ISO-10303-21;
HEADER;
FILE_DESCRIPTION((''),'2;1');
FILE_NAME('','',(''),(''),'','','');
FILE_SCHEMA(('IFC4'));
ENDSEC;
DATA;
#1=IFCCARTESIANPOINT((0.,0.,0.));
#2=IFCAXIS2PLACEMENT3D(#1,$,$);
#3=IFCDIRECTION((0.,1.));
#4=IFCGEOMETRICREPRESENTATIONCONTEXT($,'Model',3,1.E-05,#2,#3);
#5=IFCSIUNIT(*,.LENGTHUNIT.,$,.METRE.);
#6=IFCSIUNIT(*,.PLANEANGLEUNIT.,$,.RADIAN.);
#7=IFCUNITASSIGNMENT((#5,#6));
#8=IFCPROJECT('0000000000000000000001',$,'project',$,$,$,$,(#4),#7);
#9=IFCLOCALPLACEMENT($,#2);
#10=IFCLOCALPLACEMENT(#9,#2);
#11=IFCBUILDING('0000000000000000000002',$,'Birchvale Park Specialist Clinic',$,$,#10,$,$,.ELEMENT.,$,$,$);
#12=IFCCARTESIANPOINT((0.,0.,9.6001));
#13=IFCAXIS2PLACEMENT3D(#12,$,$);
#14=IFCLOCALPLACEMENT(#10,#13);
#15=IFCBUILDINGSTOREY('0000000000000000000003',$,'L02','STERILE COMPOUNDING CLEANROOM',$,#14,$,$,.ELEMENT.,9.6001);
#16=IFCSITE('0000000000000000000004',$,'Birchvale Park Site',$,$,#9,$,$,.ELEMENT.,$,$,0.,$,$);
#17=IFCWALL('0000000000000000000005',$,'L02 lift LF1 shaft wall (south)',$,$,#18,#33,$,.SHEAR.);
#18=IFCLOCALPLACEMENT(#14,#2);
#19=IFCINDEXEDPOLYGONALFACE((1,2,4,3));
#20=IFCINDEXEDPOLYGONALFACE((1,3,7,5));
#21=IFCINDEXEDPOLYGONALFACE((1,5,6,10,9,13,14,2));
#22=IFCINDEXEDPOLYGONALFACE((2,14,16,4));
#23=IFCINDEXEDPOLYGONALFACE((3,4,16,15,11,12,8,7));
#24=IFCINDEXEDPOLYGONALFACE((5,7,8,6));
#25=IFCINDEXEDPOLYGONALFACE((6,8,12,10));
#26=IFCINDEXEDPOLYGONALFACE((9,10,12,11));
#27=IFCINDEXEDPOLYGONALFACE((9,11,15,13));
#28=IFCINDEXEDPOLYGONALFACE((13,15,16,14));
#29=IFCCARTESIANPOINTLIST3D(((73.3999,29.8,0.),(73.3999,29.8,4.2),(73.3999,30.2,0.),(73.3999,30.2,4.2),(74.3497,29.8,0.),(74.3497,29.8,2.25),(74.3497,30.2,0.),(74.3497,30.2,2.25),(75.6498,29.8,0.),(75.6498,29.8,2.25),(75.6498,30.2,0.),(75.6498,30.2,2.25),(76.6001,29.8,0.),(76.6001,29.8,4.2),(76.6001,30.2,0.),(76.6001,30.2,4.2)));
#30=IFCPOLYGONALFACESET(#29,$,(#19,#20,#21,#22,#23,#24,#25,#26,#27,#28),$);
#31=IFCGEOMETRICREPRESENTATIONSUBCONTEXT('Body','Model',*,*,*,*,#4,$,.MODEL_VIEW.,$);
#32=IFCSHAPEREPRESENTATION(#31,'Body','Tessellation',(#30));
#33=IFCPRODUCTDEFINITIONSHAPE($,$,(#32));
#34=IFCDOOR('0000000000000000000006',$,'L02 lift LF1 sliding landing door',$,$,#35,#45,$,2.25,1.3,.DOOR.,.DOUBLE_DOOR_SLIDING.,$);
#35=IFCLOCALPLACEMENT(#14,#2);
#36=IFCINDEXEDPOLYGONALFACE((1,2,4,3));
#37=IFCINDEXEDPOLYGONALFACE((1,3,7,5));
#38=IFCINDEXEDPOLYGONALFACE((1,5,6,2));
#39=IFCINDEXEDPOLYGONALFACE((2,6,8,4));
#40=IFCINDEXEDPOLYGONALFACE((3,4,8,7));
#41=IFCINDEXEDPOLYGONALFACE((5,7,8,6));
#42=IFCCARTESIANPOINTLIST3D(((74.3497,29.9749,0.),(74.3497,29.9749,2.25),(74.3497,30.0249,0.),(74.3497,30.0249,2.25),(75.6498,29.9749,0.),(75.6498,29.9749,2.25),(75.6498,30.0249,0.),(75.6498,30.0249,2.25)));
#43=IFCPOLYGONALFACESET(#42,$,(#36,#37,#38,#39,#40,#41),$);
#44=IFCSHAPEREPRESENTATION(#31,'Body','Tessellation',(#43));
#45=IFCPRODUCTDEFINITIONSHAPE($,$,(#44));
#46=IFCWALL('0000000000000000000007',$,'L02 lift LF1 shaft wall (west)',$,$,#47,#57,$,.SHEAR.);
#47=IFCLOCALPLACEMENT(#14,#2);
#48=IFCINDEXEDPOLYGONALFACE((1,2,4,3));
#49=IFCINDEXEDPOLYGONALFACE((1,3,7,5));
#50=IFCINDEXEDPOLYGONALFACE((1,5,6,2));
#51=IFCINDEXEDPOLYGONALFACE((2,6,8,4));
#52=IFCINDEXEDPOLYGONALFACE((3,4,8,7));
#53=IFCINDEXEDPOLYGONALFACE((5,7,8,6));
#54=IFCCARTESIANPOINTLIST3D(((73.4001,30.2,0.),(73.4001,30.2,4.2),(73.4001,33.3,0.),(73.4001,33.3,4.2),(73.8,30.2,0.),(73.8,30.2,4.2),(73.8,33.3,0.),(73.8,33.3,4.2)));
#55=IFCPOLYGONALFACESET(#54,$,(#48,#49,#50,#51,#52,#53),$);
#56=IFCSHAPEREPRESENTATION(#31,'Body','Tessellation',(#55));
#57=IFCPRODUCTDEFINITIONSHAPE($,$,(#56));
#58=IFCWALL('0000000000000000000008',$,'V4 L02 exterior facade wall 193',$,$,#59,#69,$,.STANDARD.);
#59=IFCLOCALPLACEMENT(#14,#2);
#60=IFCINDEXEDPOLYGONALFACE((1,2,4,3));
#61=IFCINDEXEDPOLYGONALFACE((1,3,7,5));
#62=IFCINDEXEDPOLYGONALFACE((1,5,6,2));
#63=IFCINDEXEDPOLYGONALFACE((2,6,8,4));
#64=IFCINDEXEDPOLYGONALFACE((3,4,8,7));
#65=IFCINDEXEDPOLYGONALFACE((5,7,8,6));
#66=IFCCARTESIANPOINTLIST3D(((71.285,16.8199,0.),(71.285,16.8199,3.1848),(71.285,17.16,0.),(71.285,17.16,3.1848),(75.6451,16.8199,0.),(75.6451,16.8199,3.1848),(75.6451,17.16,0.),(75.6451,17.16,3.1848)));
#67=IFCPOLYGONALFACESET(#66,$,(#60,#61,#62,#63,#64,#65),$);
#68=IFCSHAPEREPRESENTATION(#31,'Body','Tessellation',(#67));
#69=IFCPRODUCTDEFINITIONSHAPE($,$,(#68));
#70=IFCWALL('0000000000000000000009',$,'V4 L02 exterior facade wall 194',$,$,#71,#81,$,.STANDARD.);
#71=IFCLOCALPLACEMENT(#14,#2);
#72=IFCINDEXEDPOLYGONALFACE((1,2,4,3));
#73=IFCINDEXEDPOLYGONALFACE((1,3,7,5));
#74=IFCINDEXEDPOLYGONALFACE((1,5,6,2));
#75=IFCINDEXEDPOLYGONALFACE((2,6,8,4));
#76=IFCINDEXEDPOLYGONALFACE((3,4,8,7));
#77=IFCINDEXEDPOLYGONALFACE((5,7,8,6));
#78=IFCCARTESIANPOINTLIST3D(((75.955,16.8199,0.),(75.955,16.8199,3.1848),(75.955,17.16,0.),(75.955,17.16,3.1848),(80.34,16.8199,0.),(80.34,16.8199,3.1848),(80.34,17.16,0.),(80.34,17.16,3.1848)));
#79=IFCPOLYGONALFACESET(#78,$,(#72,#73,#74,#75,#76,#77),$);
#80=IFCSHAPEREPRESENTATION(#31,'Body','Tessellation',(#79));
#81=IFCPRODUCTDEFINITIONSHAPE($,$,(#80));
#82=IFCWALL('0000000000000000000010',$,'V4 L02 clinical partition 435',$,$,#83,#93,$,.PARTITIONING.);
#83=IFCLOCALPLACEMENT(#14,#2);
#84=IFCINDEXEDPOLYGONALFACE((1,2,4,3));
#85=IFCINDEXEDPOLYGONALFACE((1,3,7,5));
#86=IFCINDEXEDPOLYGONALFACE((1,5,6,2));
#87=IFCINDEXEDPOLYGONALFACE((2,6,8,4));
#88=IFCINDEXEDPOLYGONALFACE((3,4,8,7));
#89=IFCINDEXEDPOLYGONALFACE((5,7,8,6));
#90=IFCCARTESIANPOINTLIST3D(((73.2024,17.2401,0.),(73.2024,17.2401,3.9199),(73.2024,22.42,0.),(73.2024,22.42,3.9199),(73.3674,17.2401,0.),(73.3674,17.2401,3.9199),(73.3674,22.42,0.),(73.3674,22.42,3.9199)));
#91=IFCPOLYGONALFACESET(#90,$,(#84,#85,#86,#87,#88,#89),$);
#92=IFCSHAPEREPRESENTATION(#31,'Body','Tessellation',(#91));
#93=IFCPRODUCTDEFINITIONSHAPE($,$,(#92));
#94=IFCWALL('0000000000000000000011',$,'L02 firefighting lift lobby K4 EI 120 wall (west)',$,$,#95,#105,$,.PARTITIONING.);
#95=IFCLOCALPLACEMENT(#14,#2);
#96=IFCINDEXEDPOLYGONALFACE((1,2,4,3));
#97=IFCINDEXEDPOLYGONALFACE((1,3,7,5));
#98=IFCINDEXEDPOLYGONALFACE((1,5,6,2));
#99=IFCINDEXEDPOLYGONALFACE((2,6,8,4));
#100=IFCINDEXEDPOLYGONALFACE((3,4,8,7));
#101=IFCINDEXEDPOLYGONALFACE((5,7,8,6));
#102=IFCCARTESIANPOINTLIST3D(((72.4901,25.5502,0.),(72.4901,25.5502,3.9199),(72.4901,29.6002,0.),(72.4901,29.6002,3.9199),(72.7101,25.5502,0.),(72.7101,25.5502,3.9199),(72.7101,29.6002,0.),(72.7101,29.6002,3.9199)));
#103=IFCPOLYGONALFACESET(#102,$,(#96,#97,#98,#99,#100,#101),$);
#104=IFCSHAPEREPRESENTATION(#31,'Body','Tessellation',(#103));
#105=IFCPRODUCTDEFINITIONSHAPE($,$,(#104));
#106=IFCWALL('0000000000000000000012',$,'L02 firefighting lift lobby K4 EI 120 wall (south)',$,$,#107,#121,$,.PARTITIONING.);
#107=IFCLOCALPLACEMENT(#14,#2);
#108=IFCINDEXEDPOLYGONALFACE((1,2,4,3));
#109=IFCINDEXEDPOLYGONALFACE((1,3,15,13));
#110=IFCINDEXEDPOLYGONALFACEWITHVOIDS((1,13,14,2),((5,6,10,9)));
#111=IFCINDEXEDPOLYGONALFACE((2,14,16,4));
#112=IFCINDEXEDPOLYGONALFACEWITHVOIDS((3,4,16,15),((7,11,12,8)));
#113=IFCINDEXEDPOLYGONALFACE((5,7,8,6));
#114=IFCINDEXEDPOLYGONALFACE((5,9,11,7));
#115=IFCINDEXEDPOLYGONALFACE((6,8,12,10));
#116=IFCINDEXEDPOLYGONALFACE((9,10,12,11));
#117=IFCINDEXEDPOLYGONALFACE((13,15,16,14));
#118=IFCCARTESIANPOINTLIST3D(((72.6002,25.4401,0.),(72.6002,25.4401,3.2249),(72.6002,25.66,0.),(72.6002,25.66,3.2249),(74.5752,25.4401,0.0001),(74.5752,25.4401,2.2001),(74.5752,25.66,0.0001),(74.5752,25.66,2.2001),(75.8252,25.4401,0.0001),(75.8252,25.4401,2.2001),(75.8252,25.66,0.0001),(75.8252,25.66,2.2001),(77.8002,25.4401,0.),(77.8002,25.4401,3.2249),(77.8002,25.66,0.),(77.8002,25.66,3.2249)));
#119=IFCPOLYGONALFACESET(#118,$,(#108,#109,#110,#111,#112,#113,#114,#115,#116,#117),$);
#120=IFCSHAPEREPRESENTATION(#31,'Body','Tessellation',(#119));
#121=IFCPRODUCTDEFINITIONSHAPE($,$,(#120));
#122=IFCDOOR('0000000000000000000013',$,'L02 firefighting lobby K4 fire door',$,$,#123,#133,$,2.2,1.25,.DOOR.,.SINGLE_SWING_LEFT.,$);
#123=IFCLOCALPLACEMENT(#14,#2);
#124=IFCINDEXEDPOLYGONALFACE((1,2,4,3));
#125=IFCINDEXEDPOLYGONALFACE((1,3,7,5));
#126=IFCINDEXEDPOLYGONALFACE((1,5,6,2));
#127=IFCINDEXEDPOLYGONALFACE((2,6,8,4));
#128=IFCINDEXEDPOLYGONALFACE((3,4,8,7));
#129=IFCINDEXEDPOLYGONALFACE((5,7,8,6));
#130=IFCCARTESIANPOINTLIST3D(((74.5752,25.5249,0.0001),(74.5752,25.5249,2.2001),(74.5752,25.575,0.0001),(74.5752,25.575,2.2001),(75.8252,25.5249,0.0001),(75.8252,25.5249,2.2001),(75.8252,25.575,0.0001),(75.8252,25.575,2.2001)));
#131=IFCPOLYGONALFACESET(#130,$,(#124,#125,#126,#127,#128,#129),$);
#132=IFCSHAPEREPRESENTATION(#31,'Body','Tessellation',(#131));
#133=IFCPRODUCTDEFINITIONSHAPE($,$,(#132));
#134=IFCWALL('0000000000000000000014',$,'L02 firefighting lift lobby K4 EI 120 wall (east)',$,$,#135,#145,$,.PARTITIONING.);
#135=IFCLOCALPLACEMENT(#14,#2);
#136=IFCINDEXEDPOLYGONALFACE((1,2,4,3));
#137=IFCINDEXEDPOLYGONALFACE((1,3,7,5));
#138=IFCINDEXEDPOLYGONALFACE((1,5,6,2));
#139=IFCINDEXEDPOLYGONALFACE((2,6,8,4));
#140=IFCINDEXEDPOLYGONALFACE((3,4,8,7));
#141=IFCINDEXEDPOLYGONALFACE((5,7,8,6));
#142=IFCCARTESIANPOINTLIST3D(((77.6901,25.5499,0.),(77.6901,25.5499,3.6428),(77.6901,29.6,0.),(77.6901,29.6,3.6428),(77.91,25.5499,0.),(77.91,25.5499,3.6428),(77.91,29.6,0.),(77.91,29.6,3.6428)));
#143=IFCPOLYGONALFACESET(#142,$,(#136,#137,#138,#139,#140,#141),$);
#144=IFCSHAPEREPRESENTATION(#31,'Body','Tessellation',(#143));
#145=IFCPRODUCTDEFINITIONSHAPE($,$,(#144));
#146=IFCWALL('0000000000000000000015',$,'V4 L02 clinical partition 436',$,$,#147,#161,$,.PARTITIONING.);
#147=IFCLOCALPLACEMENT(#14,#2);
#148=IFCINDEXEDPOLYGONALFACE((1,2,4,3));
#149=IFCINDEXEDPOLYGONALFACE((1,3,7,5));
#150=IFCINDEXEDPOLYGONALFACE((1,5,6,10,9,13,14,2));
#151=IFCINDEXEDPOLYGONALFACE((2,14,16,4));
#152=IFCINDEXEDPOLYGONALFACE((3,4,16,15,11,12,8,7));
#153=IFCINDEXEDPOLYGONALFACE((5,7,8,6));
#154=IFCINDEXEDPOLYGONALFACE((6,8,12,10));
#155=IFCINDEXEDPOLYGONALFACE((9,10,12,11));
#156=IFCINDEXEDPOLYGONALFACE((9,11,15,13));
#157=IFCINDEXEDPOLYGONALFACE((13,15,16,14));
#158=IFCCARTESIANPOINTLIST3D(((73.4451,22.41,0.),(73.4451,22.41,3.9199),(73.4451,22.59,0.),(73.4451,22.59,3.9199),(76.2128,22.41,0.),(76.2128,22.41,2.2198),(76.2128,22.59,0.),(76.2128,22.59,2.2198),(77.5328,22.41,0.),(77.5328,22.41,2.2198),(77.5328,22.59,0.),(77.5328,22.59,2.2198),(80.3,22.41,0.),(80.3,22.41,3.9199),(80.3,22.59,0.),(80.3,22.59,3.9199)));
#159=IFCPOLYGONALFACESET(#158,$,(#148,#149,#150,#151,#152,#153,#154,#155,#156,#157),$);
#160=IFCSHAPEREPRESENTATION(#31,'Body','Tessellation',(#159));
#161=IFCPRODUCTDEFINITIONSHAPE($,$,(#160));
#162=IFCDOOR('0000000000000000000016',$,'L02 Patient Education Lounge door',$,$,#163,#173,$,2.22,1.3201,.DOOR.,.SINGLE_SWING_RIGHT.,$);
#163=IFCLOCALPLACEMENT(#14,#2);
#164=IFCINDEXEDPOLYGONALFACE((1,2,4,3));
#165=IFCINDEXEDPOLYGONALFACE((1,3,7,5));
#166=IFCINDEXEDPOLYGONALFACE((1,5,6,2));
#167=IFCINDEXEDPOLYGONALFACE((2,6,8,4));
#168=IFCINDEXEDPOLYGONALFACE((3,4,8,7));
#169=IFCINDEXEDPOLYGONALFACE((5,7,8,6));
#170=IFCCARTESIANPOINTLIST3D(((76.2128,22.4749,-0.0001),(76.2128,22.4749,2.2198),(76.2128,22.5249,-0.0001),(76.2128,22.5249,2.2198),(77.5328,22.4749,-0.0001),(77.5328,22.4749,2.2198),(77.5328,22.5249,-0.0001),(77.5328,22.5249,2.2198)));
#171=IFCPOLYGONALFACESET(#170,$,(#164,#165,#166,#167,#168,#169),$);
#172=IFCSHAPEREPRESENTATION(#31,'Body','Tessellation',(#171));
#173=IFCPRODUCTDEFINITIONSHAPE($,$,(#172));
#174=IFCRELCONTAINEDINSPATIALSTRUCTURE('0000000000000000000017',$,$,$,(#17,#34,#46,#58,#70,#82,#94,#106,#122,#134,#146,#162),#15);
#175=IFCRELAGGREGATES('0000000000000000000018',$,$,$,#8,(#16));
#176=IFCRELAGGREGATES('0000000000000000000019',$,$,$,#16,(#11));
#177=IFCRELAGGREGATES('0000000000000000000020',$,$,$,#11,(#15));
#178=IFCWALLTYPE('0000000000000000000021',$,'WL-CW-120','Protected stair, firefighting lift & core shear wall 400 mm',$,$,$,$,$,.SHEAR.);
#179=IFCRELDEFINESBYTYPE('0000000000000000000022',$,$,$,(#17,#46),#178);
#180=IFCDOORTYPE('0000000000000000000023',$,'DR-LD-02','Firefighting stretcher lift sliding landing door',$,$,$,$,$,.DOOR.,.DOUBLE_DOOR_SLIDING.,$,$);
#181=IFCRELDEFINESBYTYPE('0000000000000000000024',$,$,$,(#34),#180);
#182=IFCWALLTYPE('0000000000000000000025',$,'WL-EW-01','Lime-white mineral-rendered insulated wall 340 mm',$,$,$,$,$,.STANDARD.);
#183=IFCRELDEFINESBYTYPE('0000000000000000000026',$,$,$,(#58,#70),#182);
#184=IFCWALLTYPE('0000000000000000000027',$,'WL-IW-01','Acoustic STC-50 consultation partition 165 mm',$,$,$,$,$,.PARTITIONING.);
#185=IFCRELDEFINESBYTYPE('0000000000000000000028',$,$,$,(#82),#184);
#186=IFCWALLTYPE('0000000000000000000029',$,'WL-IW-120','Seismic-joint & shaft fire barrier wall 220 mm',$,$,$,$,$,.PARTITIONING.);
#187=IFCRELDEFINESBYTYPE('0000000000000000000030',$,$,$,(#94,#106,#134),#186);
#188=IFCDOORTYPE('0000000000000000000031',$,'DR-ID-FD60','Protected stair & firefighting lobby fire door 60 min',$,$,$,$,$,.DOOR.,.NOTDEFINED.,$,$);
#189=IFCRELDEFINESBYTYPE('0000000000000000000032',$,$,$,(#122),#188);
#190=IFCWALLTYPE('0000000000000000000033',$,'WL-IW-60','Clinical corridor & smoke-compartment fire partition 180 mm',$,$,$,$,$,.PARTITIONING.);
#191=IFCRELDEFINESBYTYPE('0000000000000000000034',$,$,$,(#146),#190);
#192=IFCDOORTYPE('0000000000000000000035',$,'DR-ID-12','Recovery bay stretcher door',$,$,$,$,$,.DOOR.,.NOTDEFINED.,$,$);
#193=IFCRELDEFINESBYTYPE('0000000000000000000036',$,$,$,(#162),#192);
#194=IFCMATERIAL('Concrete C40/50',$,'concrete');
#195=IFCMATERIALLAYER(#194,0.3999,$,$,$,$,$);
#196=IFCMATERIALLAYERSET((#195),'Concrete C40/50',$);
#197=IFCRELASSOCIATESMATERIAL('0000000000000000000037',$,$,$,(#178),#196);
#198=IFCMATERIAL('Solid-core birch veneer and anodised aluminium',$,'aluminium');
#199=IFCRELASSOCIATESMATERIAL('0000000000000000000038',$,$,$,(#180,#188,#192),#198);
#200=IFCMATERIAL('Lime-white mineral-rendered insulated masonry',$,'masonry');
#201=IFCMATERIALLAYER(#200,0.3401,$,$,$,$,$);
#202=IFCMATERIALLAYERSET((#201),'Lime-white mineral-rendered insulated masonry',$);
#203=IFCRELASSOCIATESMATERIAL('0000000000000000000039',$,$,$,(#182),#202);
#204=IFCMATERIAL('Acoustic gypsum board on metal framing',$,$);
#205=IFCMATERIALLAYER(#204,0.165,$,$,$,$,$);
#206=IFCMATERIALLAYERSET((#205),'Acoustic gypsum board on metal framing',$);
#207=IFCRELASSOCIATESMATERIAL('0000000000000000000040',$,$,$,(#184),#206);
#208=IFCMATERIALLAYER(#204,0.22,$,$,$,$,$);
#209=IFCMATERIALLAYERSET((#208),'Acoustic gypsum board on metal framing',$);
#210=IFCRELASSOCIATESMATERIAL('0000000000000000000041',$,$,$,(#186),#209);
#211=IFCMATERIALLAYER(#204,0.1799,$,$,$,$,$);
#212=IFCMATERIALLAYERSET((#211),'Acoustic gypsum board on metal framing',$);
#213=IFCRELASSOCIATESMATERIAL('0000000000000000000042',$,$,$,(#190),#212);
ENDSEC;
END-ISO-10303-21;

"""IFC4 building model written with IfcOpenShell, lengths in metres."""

from ifc_helpers import new_model, si_unit, direction, frame, frame_2d, origin, place, context, subcontext, project, spatial, rectangle, extrude, material, layer, layer_set, type_object, element, fill, save


model = new_model("IFC4")

# Units and contexts
model_context = context("Model", 3, precision=1e-05, world=origin(), true_north=direction((0.0, 1.0)))
body_context = subcontext(model_context, "Body", "Model", "MODEL_VIEW")
ifc_project = project(units=[si_unit("LENGTHUNIT", "METRE"), si_unit("PLANEANGLEUNIT", "RADIAN")], contexts=[model_context])

# Site, building, storey
site_placement = place(None, origin())
site = spatial("IfcSite", under=ifc_project, at=site_placement, Name="Birchvale Park Site", CompositionType="ELEMENT", RefElevation=0.0)
building_placement = place(site_placement, origin())
building = spatial("IfcBuilding", under=site, at=building_placement, Name="Birchvale Park Specialist Clinic", CompositionType="ELEMENT")
storey_placement = place(building_placement, frame((0.0, 0.0, 9.6001)))
storey = spatial("IfcBuildingStorey", under=building, at=storey_placement, Name="L02", Description="STERILE COMPOUNDING CLEANROOM", CompositionType="ELEMENT", Elevation=9.6001)

# Shared definitions
ifc_material_1 = material(Name="Concrete C40/50", Category="concrete")

# Wall, opening, door
ifc_layer_1 = layer(ifc_material_1, 0.3999)
ifc_layer_set_1 = layer_set([ifc_layer_1], Name="Concrete C40/50")
wall_type_1 = type_object("IfcWallType", Name="WL-CW-120", Description="Protected stair, firefighting lift & core shear wall 400 mm", PredefinedType="SHEAR", material=ifc_layer_set_1)
wall_1_placement = place(storey_placement, frame((73.3999, 30.0, 0.0), z_axis=(0.0, 0.0, 1.0), x_axis=(1.0, 0.0, 0.0)))
wall_1 = element("IfcWall", 1, at=wall_1_placement, inside=storey, type_object=wall_type_1, Name="L02 lift LF1 shaft wall (south)", PredefinedType="SHEAR", context=body_context, shape_type="SweptSolid", body=[
    extrude(rectangle(XDim=3.2002, YDim=0.3999, at=frame_2d((1.6001, 0.0))), origin(), (0.0, 0.0, 1.0), 4.2),
])
opening_1_placement = place(wall_1_placement, frame((0.95, 0.0, 0.0)))
opening_1 = element("IfcOpeningElement", 2, at=opening_1_placement, cuts=wall_1, PredefinedType="OPENING", context=body_context, shape_type="SweptSolid", body=[
    extrude(rectangle(XDim=1.3, YDim=2.25, at=frame_2d((0.6499, 1.125))), frame((0.0, 0.21, 0.0), z_axis=(0.0, -1.0, 0.0), x_axis=(1.0, 0.0, 0.0)), (0.0, 0.0, 1.0), 0.4199),
])
ifc_material_2 = material(Name="Solid-core birch veneer and anodised aluminium", Category="aluminium")
door_type_1 = type_object("IfcDoorType", Name="DR-LD-02", Description="Firefighting stretcher lift sliding landing door", OperationType="DOUBLE_DOOR_SLIDING", PredefinedType="DOOR", material=ifc_material_2)
door_1_placement = place(opening_1_placement, origin())
door_1 = element("IfcDoor", 3, at=door_1_placement, inside=storey, type_object=door_type_1, Name="L02 lift LF1 sliding landing door", OperationType="DOUBLE_DOOR_SLIDING", OverallHeight=2.25, OverallWidth=1.3, PredefinedType="DOOR", context=body_context, shape_type="SweptSolid", body=[
    extrude(rectangle(XDim=1.3, YDim=2.25, at=frame_2d((0.6499, 1.125))), frame((0.0, 0.0249, 0.0), z_axis=(0.0, -1.0, 0.0), x_axis=(1.0, 0.0, 0.0)), (0.0, 0.0, 1.0), 0.05),
])
fill(opening_1, door_1)

# Walls
wall_2_placement = place(storey_placement, frame((73.6001, 30.2, 0.0), z_axis=(0.0, 0.0, 1.0), x_axis=(0.0, 1.0, 0.0)))
element("IfcWall", 4, at=wall_2_placement, inside=storey, type_object=wall_type_1, Name="L02 lift LF1 shaft wall (west)", PredefinedType="SHEAR", context=body_context, shape_type="SweptSolid", body=[
    extrude(rectangle(XDim=3.1001, YDim=0.3999, at=frame_2d((1.55, 0.0))), origin(), (0.0, 0.0, 1.0), 4.2),
])
ifc_material_3 = material(Name="Lime-white mineral-rendered insulated masonry", Category="masonry")
ifc_layer_2 = layer(ifc_material_3, 0.3401)
ifc_layer_set_2 = layer_set([ifc_layer_2], Name="Lime-white mineral-rendered insulated masonry")
wall_type_2 = type_object("IfcWallType", Name="WL-EW-01", Description="Lime-white mineral-rendered insulated wall 340 mm", PredefinedType="STANDARD", material=ifc_layer_set_2)
wall_3_placement = place(storey_placement, frame((71.2849, 16.99, 0.0), z_axis=(0.0, 0.0, 1.0), x_axis=(1.0, 0.0, 0.0)))
element("IfcWall", 5, at=wall_3_placement, inside=storey, type_object=wall_type_2, Name="V4 L02 exterior facade wall 193", PredefinedType="STANDARD", context=body_context, shape_type="SweptSolid", body=[
    extrude(rectangle(XDim=4.3601, YDim=0.3401, at=frame_2d((2.1802, 0.0))), origin(), (0.0, 0.0, 1.0), 3.1848),
])
wall_4_placement = place(storey_placement, frame((75.9551, 16.99, 0.0), z_axis=(0.0, 0.0, 1.0), x_axis=(1.0, 0.0, 0.0)))
element("IfcWall", 6, at=wall_4_placement, inside=storey, type_object=wall_type_2, Name="V4 L02 exterior facade wall 194", PredefinedType="STANDARD", context=body_context, shape_type="SweptSolid", body=[
    extrude(rectangle(XDim=4.385, YDim=0.3401, at=frame_2d((2.1924, 0.0))), origin(), (0.0, 0.0, 1.0), 3.1848),
])
ifc_material_4 = material(Name="Acoustic gypsum board on metal framing")
ifc_layer_3 = layer(ifc_material_4, 0.165)
ifc_layer_set_3 = layer_set([ifc_layer_3], Name="Acoustic gypsum board on metal framing")
wall_type_3 = type_object("IfcWallType", Name="WL-IW-01", Description="Acoustic STC-50 consultation partition 165 mm", PredefinedType="PARTITIONING", material=ifc_layer_set_3)
wall_5_placement = place(storey_placement, frame((73.2849, 22.4199, 0.0), z_axis=(0.0, 0.0, 1.0), x_axis=(0.0, -1.0, 0.0)))
element("IfcWall", 7, at=wall_5_placement, inside=storey, type_object=wall_type_3, Name="V4 L02 clinical partition 435", PredefinedType="PARTITIONING", context=body_context, shape_type="SweptSolid", body=[
    extrude(rectangle(XDim=5.1799, YDim=0.165, at=frame_2d((2.5898, 0.0))), origin(), (0.0, 0.0, 1.0), 3.9199),
])
ifc_layer_4 = layer(ifc_material_4, 0.22)
ifc_layer_set_4 = layer_set([ifc_layer_4], Name="Acoustic gypsum board on metal framing")
wall_type_4 = type_object("IfcWallType", Name="WL-IW-120", Description="Seismic-joint & shaft fire barrier wall 220 mm", PredefinedType="PARTITIONING", material=ifc_layer_set_4)
wall_6_placement = place(storey_placement, frame((72.6001, 29.6001, 0.0), z_axis=(0.0, 0.0, 1.0), x_axis=(0.0, -1.0, 0.0)))
element("IfcWall", 8, at=wall_6_placement, inside=storey, type_object=wall_type_4, Name="L02 firefighting lift lobby K4 EI 120 wall (west)", PredefinedType="PARTITIONING", context=body_context, shape_type="SweptSolid", body=[
    extrude(rectangle(XDim=4.05, YDim=0.22, at=frame_2d((2.0249, 0.0))), origin(), (0.0, 0.0, 1.0), 3.9199),
])

# Wall, opening, door
wall_7_placement = place(storey_placement, frame((72.6001, 25.55, 0.0), z_axis=(0.0, 0.0, 1.0), x_axis=(1.0, 0.0, 0.0)))
wall_7 = element("IfcWall", 9, at=wall_7_placement, inside=storey, type_object=wall_type_4, Name="L02 firefighting lift lobby K4 EI 120 wall (south)", PredefinedType="PARTITIONING", context=body_context, shape_type="SweptSolid", body=[
    extrude(rectangle(XDim=5.2, YDim=0.22, at=frame_2d((2.6001, 0.0))), origin(), (0.0, 0.0, 1.0), 3.2249),
])
opening_2_placement = place(wall_7_placement, frame((1.9751, 0.0, 0.0)))
opening_2 = element("IfcOpeningElement", 10, at=opening_2_placement, cuts=wall_7, PredefinedType="OPENING", context=body_context, shape_type="SweptSolid", body=[
    extrude(rectangle(XDim=1.25, YDim=2.2, at=frame_2d((0.625, 1.1001))), frame((0.0, 0.1201, 0.0), z_axis=(0.0, -1.0, 0.0), x_axis=(1.0, 0.0, 0.0)), (0.0, 0.0, 1.0), 0.24),
])
door_type_2 = type_object("IfcDoorType", Name="DR-ID-FD60", Description="Protected stair & firefighting lobby fire door 60 min", OperationType="NOTDEFINED", PredefinedType="DOOR", material=ifc_material_2)
door_2_placement = place(opening_2_placement, origin())
door_2 = element("IfcDoor", 11, at=door_2_placement, inside=storey, type_object=door_type_2, Name="L02 firefighting lobby K4 fire door", OperationType="SINGLE_SWING_LEFT", OverallHeight=2.2, OverallWidth=1.25, PredefinedType="DOOR", context=body_context, shape_type="SweptSolid", body=[
    extrude(rectangle(XDim=1.25, YDim=2.2, at=frame_2d((0.625, 1.1001))), frame((0.0, 0.0249, 0.0), z_axis=(0.0, -1.0, 0.0), x_axis=(1.0, 0.0, 0.0)), (0.0, 0.0, 1.0), 0.05),
])
fill(opening_2, door_2)

# Wall
wall_8_placement = place(storey_placement, frame((77.8, 25.55, 0.0), z_axis=(0.0, 0.0, 1.0), x_axis=(0.0, 1.0, 0.0)))
element("IfcWall", 12, at=wall_8_placement, inside=storey, type_object=wall_type_4, Name="L02 firefighting lift lobby K4 EI 120 wall (east)", PredefinedType="PARTITIONING", context=body_context, shape_type="SweptSolid", body=[
    extrude(rectangle(XDim=4.05, YDim=0.22, at=frame_2d((2.0249, 0.0))), origin(), (0.0, 0.0, 1.0), 3.6428),
])

# Wall, opening, door
ifc_layer_5 = layer(ifc_material_4, 0.1799)
ifc_layer_set_5 = layer_set([ifc_layer_5], Name="Acoustic gypsum board on metal framing")
wall_type_5 = type_object("IfcWallType", Name="WL-IW-60", Description="Clinical corridor & smoke-compartment fire partition 180 mm", PredefinedType="PARTITIONING", material=ifc_layer_set_5)
wall_9_placement = place(storey_placement, frame((73.4451, 22.5, 0.0), z_axis=(0.0, 0.0, 1.0), x_axis=(1.0, 0.0, 0.0)))
wall_9 = element("IfcWall", 13, at=wall_9_placement, inside=storey, type_object=wall_type_5, Name="V4 L02 clinical partition 436", PredefinedType="PARTITIONING", context=body_context, shape_type="SweptSolid", body=[
    extrude(rectangle(XDim=6.855, YDim=0.1799, at=frame_2d((3.4275, 0.0))), origin(), (0.0, 0.0, 1.0), 3.9199),
])
opening_3_placement = place(wall_9_placement, frame((2.7676, 0.0, 0.0)))
opening_3 = element("IfcOpeningElement", 14, at=opening_3_placement, cuts=wall_9, PredefinedType="OPENING", context=body_context, shape_type="SweptSolid", body=[
    extrude(rectangle(XDim=1.3201, YDim=2.22, at=frame_2d((0.6602, 1.1099))), frame((0.0, 0.1001, 0.0), z_axis=(0.0, -1.0, 0.0), x_axis=(1.0, 0.0, 0.0)), (0.0, 0.0, 1.0), 0.2),
])
door_type_3 = type_object("IfcDoorType", Name="DR-ID-12", Description="Recovery bay stretcher door", OperationType="NOTDEFINED", PredefinedType="DOOR", material=ifc_material_2)
door_3_placement = place(opening_3_placement, origin())
door_3 = element("IfcDoor", 15, at=door_3_placement, inside=storey, type_object=door_type_3, Name="L02 Patient Education Lounge door", OperationType="SINGLE_SWING_RIGHT", OverallHeight=2.22, OverallWidth=1.3201, PredefinedType="DOOR", context=body_context, shape_type="SweptSolid", body=[
    extrude(rectangle(XDim=1.3201, YDim=2.22, at=frame_2d((0.6602, 1.1099))), frame((0.0, 0.0249, 0.0), z_axis=(0.0, -1.0, 0.0), x_axis=(1.0, 0.0, 0.0)), (0.0, 0.0, 1.0), 0.05),
])
fill(opening_3, door_3)

save(model, "model.ifc")
